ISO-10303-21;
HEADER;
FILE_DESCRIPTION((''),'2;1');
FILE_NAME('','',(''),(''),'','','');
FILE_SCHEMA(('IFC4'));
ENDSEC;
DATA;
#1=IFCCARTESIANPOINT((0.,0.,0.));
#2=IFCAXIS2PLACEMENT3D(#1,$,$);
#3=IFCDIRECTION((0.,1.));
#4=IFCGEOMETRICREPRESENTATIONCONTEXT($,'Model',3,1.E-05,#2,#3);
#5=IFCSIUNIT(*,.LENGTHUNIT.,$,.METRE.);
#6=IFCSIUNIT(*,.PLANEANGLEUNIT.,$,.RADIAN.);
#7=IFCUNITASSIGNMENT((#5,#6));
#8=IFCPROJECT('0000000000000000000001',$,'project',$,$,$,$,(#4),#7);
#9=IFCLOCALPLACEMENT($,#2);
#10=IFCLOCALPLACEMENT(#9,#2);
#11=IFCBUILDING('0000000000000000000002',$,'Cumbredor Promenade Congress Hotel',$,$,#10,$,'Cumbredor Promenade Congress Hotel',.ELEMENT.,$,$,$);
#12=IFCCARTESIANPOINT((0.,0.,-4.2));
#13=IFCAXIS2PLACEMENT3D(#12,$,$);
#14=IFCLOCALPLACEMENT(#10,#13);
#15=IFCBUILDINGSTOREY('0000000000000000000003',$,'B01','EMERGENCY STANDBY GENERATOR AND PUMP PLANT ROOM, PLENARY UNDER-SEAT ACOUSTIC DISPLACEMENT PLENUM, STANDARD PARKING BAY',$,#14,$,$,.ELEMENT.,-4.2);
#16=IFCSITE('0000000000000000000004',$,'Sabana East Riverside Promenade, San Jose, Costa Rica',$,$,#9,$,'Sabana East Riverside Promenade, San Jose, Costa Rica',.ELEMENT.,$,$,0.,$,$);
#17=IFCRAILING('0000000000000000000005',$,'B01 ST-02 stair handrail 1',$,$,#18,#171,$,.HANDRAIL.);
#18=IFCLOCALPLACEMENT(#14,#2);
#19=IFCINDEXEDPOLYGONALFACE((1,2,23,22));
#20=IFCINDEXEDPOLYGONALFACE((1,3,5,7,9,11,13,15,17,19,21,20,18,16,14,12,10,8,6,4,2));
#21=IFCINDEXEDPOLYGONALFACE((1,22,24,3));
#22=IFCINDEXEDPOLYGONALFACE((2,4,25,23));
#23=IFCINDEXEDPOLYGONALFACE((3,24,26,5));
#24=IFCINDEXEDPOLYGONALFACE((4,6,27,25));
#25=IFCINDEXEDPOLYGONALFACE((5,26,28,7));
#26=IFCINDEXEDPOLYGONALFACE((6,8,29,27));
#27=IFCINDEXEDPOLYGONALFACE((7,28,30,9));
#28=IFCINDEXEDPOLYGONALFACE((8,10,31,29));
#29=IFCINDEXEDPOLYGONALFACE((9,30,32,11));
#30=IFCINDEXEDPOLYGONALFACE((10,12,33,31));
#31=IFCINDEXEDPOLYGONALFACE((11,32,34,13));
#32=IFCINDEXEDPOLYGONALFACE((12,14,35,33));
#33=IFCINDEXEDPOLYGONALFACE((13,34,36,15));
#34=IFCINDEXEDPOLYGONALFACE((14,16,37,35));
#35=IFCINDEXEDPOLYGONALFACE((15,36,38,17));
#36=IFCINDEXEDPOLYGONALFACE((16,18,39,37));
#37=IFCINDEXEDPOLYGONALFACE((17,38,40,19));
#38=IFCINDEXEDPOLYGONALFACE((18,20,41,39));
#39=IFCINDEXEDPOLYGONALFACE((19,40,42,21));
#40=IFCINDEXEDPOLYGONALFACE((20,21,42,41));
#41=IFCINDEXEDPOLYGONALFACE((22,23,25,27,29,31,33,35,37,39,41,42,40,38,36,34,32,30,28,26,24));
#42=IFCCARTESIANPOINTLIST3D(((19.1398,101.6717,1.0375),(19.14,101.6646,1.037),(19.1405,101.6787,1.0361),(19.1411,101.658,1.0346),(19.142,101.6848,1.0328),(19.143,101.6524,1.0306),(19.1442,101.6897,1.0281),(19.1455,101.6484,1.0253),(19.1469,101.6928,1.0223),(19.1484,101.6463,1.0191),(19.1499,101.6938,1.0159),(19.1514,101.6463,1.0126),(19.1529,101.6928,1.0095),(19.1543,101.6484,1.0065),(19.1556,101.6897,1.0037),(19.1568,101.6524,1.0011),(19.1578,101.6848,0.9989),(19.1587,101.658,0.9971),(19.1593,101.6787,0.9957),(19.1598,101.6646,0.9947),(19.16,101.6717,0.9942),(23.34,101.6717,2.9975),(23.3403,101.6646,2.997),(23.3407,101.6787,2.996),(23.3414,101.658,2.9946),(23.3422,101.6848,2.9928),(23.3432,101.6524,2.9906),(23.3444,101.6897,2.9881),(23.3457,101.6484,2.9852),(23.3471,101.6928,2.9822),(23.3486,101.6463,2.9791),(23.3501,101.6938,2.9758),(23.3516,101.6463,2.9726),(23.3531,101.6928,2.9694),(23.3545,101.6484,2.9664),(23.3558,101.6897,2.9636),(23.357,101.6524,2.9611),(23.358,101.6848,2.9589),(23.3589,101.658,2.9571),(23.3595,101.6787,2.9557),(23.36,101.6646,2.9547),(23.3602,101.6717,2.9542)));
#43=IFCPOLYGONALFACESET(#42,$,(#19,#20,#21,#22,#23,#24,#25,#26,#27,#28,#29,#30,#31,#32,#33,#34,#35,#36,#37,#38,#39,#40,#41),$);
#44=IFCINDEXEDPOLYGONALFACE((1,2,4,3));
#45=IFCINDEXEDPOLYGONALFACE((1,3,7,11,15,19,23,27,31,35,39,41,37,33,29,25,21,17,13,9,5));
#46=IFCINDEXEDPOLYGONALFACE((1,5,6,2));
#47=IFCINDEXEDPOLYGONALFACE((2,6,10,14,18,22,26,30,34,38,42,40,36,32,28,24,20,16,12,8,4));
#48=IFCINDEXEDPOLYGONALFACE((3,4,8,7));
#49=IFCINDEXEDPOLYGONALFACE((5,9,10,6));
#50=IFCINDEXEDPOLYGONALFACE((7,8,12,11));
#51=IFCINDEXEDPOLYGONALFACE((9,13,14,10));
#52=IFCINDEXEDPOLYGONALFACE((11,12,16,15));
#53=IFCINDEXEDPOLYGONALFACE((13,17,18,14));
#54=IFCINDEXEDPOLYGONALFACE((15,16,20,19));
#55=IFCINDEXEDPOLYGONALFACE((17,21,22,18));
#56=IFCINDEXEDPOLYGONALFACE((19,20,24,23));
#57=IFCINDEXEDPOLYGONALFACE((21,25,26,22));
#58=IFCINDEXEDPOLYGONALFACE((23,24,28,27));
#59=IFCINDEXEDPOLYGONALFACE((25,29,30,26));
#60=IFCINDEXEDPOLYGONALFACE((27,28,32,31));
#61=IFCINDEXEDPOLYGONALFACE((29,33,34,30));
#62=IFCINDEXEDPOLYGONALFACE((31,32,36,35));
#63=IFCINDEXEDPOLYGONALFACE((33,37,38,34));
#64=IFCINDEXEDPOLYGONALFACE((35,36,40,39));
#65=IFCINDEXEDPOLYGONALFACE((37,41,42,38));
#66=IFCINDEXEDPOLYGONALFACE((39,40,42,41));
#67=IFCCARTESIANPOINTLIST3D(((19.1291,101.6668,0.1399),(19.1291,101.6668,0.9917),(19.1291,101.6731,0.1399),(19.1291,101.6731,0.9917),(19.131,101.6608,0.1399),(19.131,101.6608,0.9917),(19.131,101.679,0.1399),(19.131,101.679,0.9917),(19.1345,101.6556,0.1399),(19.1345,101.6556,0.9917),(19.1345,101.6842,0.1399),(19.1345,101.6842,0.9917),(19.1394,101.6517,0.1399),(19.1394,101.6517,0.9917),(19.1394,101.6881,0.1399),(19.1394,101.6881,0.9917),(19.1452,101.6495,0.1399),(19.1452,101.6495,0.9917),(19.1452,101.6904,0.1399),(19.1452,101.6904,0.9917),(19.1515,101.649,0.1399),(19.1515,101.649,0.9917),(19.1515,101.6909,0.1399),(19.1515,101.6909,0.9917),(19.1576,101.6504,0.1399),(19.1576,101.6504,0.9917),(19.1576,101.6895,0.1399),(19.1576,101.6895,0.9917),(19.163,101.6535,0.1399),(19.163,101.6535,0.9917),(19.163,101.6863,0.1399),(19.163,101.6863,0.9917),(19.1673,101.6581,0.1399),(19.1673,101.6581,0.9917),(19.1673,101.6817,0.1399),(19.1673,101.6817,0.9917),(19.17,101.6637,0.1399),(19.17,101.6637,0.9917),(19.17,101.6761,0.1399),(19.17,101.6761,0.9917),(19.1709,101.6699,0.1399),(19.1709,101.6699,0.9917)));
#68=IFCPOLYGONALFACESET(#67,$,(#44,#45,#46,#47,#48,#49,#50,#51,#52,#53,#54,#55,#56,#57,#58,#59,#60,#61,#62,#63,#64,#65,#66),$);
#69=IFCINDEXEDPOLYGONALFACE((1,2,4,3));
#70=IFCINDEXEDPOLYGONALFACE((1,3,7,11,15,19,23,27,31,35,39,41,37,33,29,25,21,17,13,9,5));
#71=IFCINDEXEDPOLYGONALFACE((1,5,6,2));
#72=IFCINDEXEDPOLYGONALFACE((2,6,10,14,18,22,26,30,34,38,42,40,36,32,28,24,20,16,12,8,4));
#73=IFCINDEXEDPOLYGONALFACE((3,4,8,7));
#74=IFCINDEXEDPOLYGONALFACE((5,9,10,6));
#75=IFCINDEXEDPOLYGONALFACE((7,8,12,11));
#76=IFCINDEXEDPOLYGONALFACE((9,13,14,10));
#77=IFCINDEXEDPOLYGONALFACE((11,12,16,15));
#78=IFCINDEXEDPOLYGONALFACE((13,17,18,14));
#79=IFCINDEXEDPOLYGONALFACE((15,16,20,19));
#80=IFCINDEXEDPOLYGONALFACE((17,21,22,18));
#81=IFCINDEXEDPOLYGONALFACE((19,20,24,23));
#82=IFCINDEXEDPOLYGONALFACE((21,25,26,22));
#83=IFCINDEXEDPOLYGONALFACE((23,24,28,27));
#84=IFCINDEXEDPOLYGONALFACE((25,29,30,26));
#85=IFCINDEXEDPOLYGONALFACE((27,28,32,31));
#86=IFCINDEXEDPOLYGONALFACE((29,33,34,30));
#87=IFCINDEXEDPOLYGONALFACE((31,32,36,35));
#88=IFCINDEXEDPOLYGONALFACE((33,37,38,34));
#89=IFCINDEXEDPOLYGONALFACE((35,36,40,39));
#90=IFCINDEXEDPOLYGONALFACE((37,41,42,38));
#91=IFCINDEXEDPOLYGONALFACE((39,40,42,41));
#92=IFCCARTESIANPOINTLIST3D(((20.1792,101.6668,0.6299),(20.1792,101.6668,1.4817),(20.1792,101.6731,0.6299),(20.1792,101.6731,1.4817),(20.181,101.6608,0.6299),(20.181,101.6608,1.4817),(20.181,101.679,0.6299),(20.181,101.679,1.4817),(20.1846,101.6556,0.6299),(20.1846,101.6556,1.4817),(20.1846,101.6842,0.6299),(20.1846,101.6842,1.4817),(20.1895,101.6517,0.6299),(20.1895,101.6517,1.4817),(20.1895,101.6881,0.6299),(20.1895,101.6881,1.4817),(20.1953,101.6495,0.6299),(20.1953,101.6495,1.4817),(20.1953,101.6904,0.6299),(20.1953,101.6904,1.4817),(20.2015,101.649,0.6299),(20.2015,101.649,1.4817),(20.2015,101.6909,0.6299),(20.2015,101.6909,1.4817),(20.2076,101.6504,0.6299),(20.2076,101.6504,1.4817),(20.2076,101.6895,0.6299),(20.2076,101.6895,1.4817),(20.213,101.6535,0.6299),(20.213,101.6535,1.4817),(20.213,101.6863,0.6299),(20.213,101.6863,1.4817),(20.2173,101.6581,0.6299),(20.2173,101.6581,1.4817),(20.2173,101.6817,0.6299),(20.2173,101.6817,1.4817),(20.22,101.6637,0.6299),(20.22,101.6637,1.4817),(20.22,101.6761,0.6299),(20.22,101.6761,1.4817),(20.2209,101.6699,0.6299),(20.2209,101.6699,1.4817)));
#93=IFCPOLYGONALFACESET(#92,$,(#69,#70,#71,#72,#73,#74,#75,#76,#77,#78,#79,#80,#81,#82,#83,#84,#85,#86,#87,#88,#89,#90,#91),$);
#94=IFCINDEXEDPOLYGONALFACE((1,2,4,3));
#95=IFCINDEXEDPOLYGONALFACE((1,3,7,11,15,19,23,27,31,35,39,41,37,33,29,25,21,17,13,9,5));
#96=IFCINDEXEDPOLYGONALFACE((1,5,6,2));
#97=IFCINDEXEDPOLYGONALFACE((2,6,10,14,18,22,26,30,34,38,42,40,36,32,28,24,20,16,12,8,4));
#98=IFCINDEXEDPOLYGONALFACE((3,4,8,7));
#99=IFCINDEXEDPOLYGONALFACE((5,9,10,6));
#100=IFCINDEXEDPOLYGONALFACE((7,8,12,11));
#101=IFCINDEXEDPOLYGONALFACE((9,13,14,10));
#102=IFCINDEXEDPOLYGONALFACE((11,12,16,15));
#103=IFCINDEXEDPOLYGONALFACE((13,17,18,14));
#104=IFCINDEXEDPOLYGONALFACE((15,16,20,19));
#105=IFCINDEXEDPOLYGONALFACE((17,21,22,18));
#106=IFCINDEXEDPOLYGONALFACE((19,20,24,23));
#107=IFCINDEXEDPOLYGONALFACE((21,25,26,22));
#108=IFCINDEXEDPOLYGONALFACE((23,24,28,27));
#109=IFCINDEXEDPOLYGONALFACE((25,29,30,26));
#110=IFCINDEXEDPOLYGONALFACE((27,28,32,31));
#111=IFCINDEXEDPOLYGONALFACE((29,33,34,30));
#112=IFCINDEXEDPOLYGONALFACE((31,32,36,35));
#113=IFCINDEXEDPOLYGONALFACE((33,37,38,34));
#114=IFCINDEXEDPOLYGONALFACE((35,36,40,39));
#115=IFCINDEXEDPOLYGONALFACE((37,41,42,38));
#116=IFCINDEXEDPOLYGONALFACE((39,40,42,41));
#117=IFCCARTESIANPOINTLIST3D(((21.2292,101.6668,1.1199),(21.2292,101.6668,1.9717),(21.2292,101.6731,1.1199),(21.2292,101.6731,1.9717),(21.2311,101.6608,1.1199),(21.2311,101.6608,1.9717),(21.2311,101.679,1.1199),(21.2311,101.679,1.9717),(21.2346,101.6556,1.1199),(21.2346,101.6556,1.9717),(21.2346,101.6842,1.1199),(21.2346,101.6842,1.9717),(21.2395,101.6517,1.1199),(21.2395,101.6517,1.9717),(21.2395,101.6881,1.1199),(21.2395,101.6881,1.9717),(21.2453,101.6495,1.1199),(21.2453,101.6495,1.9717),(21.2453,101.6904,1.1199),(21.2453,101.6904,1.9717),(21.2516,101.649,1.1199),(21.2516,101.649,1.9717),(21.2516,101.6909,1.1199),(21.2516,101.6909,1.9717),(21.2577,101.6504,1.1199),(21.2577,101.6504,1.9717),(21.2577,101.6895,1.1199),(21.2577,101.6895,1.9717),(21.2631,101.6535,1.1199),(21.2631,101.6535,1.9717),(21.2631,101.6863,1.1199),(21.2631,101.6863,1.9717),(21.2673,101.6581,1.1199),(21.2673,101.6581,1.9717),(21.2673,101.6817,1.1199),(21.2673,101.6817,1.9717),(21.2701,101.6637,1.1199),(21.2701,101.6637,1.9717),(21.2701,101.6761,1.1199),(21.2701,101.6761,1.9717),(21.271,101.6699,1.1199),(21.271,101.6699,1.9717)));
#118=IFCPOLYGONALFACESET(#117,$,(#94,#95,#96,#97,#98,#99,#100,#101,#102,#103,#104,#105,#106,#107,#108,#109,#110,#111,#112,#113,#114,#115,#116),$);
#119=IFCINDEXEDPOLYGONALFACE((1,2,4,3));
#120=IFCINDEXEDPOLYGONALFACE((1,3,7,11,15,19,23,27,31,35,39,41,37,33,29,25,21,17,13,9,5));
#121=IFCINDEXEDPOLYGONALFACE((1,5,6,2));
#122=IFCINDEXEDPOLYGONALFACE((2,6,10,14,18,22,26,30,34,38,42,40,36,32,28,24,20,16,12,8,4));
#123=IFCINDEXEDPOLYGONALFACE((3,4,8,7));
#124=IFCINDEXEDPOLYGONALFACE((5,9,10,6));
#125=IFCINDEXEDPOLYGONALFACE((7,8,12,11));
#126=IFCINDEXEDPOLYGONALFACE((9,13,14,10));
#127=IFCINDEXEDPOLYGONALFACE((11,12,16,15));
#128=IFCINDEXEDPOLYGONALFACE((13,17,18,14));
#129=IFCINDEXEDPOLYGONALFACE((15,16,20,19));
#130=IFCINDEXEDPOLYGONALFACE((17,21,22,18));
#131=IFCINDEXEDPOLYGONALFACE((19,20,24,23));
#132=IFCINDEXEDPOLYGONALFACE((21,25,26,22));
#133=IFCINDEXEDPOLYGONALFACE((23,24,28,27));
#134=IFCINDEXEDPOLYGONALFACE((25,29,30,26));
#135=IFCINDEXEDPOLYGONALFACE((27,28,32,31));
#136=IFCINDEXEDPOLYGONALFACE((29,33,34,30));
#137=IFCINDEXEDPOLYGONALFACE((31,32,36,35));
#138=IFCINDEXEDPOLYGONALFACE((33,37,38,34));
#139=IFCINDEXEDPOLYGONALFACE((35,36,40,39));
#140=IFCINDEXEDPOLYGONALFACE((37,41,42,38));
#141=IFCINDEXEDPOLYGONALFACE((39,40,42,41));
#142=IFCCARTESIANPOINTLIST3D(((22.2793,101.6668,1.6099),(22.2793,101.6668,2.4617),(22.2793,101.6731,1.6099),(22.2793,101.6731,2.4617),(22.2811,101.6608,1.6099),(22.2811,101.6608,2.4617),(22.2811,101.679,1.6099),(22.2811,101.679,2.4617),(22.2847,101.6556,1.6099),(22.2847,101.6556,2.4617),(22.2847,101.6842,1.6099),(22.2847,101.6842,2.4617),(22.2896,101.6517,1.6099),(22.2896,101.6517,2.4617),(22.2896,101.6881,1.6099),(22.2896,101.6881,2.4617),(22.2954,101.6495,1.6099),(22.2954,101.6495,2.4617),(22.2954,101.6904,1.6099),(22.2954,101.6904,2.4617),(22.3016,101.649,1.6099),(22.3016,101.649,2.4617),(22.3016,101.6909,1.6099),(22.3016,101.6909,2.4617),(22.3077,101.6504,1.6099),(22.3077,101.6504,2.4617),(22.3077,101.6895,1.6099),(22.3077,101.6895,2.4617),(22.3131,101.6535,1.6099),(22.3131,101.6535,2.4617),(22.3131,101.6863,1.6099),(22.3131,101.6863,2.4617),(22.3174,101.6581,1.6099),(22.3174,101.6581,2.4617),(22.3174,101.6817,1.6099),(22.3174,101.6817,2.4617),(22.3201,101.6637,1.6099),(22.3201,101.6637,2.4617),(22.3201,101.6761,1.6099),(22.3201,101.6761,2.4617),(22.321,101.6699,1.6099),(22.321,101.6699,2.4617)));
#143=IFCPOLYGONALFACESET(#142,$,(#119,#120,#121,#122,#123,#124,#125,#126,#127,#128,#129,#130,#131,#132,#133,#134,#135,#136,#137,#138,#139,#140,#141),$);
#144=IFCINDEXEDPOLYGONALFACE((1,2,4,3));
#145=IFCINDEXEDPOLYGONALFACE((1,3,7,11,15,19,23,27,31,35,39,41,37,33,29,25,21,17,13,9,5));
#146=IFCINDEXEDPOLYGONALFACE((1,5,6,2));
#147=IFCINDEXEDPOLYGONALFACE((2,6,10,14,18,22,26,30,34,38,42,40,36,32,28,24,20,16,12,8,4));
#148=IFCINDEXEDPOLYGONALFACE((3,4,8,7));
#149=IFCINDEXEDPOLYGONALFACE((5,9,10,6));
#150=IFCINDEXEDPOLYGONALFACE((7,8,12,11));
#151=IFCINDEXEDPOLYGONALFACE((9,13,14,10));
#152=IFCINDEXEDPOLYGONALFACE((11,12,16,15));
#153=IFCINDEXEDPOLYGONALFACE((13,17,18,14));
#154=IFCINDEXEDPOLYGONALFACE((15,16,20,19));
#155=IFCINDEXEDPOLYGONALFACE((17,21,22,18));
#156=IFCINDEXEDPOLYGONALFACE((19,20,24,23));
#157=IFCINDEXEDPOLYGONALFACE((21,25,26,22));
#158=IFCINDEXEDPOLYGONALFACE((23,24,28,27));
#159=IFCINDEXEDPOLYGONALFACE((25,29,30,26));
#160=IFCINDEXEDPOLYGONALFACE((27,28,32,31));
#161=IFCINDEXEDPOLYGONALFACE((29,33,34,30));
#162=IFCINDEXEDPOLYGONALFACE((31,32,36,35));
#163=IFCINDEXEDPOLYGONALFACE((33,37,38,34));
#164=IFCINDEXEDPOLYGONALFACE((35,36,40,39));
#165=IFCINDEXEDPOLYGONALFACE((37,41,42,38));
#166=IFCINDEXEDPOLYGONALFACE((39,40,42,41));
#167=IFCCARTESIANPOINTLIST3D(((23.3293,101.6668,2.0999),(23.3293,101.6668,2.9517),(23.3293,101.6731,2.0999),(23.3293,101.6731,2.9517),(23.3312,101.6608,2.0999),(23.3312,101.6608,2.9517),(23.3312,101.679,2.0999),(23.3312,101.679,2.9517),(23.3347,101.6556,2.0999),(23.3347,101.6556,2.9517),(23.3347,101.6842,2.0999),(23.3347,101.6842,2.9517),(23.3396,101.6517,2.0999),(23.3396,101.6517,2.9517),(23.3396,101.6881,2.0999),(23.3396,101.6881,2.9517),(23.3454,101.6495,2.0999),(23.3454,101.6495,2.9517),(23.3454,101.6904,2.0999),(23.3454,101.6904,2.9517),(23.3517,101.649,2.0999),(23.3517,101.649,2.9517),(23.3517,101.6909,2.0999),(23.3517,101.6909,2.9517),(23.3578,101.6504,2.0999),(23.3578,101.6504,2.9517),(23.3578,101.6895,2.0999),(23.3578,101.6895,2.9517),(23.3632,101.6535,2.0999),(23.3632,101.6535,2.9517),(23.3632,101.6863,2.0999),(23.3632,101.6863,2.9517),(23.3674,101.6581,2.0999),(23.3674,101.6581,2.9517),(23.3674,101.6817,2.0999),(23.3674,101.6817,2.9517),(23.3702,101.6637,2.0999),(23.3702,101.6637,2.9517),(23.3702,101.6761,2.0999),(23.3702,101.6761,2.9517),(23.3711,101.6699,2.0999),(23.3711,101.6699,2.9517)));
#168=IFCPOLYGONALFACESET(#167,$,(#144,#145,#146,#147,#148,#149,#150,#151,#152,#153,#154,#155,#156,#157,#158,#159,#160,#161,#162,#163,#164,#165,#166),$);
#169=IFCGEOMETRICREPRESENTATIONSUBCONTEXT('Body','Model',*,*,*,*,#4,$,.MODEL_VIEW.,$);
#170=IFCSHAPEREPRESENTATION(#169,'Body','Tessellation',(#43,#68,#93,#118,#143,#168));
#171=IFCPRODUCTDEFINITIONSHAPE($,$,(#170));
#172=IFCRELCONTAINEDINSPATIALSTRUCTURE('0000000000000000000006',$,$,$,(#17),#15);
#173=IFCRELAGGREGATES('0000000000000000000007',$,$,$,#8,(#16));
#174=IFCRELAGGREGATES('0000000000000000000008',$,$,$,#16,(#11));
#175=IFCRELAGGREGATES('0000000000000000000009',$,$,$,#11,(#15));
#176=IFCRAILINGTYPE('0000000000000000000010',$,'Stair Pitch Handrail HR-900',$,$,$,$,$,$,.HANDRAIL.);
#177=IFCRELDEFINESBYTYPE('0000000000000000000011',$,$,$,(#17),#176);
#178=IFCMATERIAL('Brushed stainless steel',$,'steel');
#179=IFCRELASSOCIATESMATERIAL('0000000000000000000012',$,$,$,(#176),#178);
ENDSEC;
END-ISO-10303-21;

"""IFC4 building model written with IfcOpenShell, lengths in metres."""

from ifc_helpers import new_model, si_unit, direction, frame, origin, origin_2d, place, context, subcontext, project, spatial, circle, extrude, material, type_object, element, save


model = new_model("IFC4")

# Units and contexts
model_context = context("Model", 3, precision=1e-05, world=origin(), true_north=direction((0.0, 1.0)))
body_context = subcontext(model_context, "Body", "Model", "MODEL_VIEW")
ifc_project = project(units=[si_unit("LENGTHUNIT", "METRE"), si_unit("PLANEANGLEUNIT", "RADIAN")], contexts=[model_context])

# Site, building, storey
site_placement = place(None, origin())
site = spatial("IfcSite", under=ifc_project, at=site_placement, Name="Sabana East Riverside Promenade, San Jose, Costa Rica", LongName="Sabana East Riverside Promenade, San Jose, Costa Rica", CompositionType="ELEMENT", RefElevation=0.0)
building_placement = place(site_placement, origin())
building = spatial("IfcBuilding", under=site, at=building_placement, Name="Cumbredor Promenade Congress Hotel", LongName="Cumbredor Promenade Congress Hotel", CompositionType="ELEMENT")
storey_placement = place(building_placement, frame((0.0, 0.0, -4.2)))
storey = spatial("IfcBuildingStorey", under=building, at=storey_placement, Name="B01", Description="EMERGENCY STANDBY GENERATOR AND PUMP PLANT ROOM, PLENARY UNDER-SEAT ACOUSTIC DISPLACEMENT PLENUM, STANDARD PARKING BAY", CompositionType="ELEMENT", Elevation=-4.2)

# Railing
ifc_material_1 = material(Name="Brushed stainless steel", Category="steel")
railing_type_1 = type_object("IfcRailingType", Name="Stair Pitch Handrail HR-900", PredefinedType="HANDRAIL", material=ifc_material_1)
railing_1_placement = place(storey_placement, frame((19.1499, 101.6699, 0.1399)))
element("IfcRailing", 1, at=railing_1_placement, inside=storey, type_object=railing_type_1, Name="B01 ST-02 stair handrail 1", PredefinedType="HANDRAIL", context=body_context, shape_type="SweptSolid", body=[
    extrude(circle(Radius=0.0239, at=origin_2d()), frame((0.0, 0.0, 0.876), z_axis=(0.906194, 0.0, 0.422862), x_axis=(0.0, 1.0, 0.0)), (0.0, 0.0, 1.0), 4.635),
    extrude(circle(Radius=0.021, at=origin_2d()), origin(), (0.0, 0.0, 1.0), 0.8518),
    extrude(circle(Radius=0.021, at=origin_2d()), frame((1.05, 0.0, 0.49)), (0.0, 0.0, 1.0), 0.8518),
    extrude(circle(Radius=0.021, at=origin_2d()), frame((2.1001, 0.0, 0.98)), (0.0, 0.0, 1.0), 0.8518),
    extrude(circle(Radius=0.021, at=origin_2d()), frame((3.1501, 0.0, 1.47)), (0.0, 0.0, 1.0), 0.8518),
    extrude(circle(Radius=0.021, at=origin_2d()), frame((4.2002, 0.0, 1.96)), (0.0, 0.0, 1.0), 0.8518),
])

save(model, "model.ifc")
